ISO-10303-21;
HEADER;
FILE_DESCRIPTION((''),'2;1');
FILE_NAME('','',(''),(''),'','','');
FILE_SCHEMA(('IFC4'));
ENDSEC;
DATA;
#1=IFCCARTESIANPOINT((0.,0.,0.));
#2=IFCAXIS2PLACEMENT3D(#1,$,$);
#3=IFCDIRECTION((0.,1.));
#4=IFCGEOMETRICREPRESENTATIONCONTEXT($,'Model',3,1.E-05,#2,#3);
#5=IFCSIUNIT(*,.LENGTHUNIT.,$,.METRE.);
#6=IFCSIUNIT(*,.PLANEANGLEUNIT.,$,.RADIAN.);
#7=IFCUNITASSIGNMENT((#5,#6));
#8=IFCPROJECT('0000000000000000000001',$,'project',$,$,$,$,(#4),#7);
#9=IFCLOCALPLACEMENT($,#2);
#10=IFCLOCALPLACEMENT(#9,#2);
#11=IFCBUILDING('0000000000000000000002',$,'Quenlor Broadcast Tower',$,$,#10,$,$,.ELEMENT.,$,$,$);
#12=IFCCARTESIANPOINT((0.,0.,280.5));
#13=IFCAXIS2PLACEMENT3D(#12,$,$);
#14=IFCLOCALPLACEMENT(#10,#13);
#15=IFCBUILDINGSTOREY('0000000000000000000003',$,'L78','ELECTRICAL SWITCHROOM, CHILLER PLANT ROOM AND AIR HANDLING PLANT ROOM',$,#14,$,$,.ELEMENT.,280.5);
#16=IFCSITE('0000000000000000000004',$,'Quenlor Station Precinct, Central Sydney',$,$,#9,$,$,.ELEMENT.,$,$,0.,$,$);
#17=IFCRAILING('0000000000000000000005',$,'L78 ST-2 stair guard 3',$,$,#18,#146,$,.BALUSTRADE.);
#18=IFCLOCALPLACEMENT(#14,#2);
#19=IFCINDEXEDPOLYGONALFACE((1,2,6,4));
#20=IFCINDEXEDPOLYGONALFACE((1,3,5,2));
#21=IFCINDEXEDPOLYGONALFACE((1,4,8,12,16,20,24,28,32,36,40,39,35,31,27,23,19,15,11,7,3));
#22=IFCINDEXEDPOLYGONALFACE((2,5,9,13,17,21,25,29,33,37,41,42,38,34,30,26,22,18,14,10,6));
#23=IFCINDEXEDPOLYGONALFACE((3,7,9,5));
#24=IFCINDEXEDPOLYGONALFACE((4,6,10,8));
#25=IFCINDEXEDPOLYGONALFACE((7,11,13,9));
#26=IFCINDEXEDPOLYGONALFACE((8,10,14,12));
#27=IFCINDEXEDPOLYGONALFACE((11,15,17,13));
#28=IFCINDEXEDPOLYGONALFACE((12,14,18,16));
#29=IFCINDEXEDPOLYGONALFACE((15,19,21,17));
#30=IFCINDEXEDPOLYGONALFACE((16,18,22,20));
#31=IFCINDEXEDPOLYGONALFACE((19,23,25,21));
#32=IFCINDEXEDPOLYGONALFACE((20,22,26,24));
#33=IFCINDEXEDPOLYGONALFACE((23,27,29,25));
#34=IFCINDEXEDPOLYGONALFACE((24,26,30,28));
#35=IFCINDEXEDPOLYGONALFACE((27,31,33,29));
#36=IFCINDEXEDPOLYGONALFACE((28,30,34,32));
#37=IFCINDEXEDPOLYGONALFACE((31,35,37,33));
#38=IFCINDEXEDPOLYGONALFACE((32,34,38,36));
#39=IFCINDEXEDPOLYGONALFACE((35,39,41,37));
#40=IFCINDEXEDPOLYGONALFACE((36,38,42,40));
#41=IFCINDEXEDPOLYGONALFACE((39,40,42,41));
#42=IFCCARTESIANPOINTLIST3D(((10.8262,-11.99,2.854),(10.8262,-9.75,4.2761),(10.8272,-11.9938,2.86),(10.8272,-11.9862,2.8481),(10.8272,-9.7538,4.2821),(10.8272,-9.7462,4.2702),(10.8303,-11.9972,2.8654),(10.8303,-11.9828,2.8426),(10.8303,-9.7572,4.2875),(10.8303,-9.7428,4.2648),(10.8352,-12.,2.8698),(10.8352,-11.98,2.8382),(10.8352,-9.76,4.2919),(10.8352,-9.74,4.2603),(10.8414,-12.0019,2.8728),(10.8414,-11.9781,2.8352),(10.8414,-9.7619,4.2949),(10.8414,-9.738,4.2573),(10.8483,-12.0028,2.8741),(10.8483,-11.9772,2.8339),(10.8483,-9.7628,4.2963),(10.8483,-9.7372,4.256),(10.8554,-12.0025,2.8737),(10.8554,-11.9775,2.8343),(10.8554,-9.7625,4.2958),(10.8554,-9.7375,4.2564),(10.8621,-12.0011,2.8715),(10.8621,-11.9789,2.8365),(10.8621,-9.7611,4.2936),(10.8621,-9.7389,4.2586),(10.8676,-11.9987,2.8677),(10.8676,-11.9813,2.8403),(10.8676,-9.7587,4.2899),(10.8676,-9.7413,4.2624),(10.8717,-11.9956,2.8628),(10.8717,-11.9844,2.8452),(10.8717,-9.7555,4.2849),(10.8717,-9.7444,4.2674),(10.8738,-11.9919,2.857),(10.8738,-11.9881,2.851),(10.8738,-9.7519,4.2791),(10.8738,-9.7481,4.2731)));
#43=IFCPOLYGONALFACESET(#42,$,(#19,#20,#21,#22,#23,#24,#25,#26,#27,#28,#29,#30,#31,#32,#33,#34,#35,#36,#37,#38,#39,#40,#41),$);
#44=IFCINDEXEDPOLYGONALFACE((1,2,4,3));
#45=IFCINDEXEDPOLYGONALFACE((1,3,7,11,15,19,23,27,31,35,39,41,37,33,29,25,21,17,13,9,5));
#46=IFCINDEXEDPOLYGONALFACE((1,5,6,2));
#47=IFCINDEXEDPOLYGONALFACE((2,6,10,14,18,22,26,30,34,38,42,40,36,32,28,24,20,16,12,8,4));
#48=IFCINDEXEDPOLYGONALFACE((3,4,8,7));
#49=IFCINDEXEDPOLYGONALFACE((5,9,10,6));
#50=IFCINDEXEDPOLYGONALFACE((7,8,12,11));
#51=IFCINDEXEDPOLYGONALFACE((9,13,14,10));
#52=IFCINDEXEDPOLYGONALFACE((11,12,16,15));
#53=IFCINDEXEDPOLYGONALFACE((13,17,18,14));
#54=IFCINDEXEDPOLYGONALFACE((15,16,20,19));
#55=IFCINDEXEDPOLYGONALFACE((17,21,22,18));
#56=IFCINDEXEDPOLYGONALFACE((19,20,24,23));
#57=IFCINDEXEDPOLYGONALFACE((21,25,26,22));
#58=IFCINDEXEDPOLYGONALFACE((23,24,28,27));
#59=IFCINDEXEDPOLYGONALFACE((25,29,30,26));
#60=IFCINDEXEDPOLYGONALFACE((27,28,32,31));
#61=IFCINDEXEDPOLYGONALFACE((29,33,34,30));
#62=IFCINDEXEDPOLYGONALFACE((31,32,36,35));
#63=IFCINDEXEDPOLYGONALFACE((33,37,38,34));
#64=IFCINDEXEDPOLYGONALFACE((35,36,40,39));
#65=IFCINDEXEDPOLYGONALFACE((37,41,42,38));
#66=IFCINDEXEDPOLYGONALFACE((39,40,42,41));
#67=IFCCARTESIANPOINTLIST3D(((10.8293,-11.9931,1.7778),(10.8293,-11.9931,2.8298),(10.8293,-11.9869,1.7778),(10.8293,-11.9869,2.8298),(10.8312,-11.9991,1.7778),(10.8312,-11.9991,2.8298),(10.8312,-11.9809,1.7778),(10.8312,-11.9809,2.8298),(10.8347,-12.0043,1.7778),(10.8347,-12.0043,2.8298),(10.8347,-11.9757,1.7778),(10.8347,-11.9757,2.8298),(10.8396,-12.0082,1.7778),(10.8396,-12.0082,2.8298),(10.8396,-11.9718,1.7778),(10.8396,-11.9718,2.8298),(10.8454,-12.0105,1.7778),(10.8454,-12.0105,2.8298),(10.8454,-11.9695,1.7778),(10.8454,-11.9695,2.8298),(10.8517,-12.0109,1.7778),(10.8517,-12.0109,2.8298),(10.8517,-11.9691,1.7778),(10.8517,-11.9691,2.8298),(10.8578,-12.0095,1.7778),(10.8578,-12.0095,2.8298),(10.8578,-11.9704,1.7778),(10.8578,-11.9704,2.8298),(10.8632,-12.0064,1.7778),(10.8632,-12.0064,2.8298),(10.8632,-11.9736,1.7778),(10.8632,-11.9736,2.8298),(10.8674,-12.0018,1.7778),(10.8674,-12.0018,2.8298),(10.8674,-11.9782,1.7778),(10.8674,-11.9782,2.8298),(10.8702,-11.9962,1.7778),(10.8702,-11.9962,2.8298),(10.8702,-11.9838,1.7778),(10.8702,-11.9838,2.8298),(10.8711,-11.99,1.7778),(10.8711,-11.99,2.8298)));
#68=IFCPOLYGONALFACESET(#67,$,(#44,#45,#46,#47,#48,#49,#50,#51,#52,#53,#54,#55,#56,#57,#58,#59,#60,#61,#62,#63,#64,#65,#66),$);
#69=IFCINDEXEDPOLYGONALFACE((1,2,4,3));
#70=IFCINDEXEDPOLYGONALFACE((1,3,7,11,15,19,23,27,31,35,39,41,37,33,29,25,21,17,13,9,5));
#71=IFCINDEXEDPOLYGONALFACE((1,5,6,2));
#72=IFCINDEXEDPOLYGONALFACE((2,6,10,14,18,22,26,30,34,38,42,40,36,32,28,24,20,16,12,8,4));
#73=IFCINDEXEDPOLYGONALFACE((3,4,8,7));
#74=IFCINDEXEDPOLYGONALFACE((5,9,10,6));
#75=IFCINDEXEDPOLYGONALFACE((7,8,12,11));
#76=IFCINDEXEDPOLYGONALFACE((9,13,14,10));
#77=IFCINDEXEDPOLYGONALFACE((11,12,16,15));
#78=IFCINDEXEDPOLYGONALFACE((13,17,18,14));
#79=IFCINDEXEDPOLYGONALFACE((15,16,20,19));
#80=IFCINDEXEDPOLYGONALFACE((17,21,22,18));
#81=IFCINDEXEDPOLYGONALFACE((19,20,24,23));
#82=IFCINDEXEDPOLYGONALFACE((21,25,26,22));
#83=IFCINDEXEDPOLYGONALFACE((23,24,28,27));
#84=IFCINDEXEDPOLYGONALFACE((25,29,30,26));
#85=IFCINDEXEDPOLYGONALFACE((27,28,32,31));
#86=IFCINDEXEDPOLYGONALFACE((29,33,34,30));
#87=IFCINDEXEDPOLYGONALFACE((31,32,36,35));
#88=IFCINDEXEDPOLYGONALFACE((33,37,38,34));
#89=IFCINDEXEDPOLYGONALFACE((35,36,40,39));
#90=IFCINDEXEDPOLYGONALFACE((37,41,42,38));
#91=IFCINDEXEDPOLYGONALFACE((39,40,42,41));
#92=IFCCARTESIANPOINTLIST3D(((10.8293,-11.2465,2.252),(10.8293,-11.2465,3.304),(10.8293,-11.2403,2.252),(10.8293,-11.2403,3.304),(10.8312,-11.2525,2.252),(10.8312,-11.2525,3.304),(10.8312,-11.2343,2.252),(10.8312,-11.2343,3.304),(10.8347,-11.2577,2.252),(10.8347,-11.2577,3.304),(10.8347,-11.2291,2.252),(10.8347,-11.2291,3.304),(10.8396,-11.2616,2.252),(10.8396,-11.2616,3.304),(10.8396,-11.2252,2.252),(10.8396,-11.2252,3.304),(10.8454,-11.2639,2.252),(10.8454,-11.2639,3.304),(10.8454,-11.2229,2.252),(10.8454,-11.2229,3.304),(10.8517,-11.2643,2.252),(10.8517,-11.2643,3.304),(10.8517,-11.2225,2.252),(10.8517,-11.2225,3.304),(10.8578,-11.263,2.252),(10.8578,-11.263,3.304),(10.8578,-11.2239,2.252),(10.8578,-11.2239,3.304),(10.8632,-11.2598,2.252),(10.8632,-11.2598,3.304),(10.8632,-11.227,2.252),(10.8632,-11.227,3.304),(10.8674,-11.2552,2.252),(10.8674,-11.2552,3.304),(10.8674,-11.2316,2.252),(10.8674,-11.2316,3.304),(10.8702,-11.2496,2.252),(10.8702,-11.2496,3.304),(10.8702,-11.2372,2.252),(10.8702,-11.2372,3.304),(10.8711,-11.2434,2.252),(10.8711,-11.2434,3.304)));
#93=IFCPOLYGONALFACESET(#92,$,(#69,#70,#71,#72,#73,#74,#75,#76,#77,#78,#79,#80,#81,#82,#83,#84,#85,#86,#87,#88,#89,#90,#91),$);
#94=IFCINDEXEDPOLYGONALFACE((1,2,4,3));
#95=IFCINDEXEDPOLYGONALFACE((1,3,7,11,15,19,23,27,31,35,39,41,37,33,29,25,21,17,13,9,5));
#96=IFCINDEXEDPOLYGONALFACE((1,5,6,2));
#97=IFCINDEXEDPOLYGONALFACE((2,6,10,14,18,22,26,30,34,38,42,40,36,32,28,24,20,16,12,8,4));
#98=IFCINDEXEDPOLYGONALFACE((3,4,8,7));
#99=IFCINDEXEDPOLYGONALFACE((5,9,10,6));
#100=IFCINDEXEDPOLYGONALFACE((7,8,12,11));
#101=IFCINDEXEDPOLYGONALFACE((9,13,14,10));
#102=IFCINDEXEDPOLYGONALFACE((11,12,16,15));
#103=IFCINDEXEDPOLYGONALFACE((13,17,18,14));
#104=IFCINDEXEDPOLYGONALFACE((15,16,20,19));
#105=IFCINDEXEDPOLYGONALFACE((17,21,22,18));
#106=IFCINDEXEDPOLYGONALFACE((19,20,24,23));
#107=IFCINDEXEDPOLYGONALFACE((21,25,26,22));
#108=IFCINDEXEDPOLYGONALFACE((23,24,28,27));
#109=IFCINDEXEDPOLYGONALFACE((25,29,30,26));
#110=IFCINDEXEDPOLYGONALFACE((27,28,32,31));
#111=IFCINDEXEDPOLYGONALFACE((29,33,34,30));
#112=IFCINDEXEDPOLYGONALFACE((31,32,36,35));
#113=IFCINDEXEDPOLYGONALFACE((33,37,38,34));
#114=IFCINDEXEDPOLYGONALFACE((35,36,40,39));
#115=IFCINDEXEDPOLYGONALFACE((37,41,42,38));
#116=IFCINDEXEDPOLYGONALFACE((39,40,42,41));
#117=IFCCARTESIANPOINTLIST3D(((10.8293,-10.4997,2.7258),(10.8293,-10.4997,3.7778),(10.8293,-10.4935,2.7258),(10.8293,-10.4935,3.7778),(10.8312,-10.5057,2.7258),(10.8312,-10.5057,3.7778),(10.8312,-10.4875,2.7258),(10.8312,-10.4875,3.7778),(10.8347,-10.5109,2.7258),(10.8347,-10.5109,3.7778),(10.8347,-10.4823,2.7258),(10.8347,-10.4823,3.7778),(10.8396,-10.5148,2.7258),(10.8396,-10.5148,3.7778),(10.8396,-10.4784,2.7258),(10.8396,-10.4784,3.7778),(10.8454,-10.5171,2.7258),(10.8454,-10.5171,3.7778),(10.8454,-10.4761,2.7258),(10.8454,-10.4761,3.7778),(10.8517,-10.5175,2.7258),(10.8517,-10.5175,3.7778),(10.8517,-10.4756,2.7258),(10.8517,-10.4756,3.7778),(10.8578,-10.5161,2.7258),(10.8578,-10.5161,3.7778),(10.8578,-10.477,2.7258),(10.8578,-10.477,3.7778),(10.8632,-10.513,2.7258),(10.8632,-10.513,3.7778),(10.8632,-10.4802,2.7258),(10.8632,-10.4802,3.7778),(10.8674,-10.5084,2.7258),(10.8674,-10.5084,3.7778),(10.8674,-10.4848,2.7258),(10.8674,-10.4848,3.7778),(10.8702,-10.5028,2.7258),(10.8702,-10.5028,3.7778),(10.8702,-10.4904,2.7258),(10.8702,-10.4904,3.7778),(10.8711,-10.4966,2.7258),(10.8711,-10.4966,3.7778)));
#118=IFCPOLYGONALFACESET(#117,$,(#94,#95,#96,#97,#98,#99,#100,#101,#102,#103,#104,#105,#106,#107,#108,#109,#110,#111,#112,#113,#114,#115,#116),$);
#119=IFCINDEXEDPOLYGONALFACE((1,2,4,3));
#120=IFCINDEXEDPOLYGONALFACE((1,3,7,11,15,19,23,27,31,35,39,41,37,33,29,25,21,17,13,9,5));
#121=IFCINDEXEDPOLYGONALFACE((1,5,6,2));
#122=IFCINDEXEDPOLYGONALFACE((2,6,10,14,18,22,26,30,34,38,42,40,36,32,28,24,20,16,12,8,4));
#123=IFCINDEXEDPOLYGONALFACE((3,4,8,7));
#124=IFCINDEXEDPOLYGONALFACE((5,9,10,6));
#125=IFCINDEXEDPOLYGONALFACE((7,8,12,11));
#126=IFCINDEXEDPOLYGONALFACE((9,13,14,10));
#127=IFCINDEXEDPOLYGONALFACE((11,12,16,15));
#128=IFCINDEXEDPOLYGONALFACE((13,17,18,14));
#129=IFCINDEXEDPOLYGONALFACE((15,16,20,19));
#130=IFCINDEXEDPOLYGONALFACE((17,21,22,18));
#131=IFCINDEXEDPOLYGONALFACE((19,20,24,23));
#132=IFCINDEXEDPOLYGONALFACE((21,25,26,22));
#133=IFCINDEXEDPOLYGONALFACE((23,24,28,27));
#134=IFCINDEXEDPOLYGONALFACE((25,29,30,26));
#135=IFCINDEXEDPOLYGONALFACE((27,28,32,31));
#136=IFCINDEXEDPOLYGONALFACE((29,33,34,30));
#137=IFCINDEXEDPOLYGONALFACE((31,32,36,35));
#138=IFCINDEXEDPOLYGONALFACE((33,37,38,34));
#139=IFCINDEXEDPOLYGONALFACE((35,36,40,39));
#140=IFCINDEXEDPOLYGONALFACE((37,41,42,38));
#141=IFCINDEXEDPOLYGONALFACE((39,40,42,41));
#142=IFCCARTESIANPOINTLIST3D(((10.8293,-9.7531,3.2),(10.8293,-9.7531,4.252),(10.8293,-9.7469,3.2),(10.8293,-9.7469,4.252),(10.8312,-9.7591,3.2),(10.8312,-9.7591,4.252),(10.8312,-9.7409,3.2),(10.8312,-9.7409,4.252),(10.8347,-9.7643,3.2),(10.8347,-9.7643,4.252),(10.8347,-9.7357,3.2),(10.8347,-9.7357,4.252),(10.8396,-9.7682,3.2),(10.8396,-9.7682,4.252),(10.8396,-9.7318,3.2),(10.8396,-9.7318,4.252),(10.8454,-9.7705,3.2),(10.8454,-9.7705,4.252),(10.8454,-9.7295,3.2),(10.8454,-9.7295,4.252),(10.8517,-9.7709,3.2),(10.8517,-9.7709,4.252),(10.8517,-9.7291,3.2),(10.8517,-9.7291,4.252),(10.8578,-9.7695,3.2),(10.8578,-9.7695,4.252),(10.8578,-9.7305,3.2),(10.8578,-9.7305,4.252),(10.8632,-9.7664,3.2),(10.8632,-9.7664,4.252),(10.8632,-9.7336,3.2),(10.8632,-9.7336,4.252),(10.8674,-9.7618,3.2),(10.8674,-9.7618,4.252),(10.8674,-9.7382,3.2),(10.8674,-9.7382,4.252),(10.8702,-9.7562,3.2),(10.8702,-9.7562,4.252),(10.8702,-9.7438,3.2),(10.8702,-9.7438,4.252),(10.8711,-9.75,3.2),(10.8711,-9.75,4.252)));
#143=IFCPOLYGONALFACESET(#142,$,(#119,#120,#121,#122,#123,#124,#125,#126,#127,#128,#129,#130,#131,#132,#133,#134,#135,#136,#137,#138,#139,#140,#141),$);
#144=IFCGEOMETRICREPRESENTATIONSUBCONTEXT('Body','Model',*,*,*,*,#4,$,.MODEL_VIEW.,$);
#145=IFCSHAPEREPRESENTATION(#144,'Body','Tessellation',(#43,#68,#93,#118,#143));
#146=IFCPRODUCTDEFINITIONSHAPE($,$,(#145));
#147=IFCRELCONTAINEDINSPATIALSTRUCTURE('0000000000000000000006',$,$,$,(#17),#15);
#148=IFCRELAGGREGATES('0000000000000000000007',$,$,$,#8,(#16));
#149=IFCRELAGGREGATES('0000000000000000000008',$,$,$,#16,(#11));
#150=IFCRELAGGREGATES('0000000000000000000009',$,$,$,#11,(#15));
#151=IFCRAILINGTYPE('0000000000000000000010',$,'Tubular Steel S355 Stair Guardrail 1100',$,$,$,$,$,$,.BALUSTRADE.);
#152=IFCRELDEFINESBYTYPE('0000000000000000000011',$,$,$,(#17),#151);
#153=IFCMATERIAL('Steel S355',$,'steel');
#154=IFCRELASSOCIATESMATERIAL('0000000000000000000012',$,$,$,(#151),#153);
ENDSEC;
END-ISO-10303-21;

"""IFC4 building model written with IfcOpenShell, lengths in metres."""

from ifc_helpers import new_model, si_unit, direction, frame, origin, origin_2d, place, context, subcontext, project, spatial, circle, extrude, material, type_object, element, save


model = new_model("IFC4")

# Units and contexts
model_context = context("Model", 3, precision=1e-05, world=origin(), true_north=direction((0.0, 1.0)))
body_context = subcontext(model_context, "Body", "Model", "MODEL_VIEW")
ifc_project = project(units=[si_unit("LENGTHUNIT", "METRE"), si_unit("PLANEANGLEUNIT", "RADIAN")], contexts=[model_context])

# Site, building, storey
site_placement = place(None, origin())
site = spatial("IfcSite", under=ifc_project, at=site_placement, Name="Quenlor Station Precinct, Central Sydney", CompositionType="ELEMENT", RefElevation=0.0)
building_placement = place(site_placement, origin())
building = spatial("IfcBuilding", under=site, at=building_placement, Name="Quenlor Broadcast Tower", CompositionType="ELEMENT")
storey_placement = place(building_placement, frame((0.0, 0.0, 280.5)))
storey = spatial("IfcBuildingStorey", under=building, at=storey_placement, Name="L78", Description="ELECTRICAL SWITCHROOM, CHILLER PLANT ROOM AND AIR HANDLING PLANT ROOM", CompositionType="ELEMENT", Elevation=280.5)

# Railing
ifc_material_1 = material(Name="Steel S355", Category="steel")
railing_type_1 = type_object("IfcRailingType", Name="Tubular Steel S355 Stair Guardrail 1100", PredefinedType="BALUSTRADE", material=ifc_material_1)
railing_1_placement = place(storey_placement, frame((10.8501, -11.99, 1.7778)))
element("IfcRailing", 1, at=railing_1_placement, inside=storey, type_object=railing_type_1, Name="L78 ST-2 stair guard 3", PredefinedType="BALUSTRADE", context=body_context, shape_type="SweptSolid", body=[
    extrude(circle(Radius=0.0239, at=origin_2d()), frame((0.0, 0.0, 1.0762), z_axis=(0.0, 0.844229, 0.535982), x_axis=(-1.0, 0.0, 0.0)), (0.0, 0.0, 1.0), 2.6533),
    extrude(circle(Radius=0.021, at=origin_2d()), origin(), (0.0, 0.0, 1.0), 1.052),
    extrude(circle(Radius=0.021, at=origin_2d()), frame((0.0, 0.7466, 0.4741)), (0.0, 0.0, 1.0), 1.052),
    extrude(circle(Radius=0.021, at=origin_2d()), frame((0.0, 1.4934, 0.948)), (0.0, 0.0, 1.0), 1.052),
    extrude(circle(Radius=0.021, at=origin_2d()), frame((0.0, 2.24, 1.4221)), (0.0, 0.0, 1.0), 1.052),
])

save(model, "model.ifc")
